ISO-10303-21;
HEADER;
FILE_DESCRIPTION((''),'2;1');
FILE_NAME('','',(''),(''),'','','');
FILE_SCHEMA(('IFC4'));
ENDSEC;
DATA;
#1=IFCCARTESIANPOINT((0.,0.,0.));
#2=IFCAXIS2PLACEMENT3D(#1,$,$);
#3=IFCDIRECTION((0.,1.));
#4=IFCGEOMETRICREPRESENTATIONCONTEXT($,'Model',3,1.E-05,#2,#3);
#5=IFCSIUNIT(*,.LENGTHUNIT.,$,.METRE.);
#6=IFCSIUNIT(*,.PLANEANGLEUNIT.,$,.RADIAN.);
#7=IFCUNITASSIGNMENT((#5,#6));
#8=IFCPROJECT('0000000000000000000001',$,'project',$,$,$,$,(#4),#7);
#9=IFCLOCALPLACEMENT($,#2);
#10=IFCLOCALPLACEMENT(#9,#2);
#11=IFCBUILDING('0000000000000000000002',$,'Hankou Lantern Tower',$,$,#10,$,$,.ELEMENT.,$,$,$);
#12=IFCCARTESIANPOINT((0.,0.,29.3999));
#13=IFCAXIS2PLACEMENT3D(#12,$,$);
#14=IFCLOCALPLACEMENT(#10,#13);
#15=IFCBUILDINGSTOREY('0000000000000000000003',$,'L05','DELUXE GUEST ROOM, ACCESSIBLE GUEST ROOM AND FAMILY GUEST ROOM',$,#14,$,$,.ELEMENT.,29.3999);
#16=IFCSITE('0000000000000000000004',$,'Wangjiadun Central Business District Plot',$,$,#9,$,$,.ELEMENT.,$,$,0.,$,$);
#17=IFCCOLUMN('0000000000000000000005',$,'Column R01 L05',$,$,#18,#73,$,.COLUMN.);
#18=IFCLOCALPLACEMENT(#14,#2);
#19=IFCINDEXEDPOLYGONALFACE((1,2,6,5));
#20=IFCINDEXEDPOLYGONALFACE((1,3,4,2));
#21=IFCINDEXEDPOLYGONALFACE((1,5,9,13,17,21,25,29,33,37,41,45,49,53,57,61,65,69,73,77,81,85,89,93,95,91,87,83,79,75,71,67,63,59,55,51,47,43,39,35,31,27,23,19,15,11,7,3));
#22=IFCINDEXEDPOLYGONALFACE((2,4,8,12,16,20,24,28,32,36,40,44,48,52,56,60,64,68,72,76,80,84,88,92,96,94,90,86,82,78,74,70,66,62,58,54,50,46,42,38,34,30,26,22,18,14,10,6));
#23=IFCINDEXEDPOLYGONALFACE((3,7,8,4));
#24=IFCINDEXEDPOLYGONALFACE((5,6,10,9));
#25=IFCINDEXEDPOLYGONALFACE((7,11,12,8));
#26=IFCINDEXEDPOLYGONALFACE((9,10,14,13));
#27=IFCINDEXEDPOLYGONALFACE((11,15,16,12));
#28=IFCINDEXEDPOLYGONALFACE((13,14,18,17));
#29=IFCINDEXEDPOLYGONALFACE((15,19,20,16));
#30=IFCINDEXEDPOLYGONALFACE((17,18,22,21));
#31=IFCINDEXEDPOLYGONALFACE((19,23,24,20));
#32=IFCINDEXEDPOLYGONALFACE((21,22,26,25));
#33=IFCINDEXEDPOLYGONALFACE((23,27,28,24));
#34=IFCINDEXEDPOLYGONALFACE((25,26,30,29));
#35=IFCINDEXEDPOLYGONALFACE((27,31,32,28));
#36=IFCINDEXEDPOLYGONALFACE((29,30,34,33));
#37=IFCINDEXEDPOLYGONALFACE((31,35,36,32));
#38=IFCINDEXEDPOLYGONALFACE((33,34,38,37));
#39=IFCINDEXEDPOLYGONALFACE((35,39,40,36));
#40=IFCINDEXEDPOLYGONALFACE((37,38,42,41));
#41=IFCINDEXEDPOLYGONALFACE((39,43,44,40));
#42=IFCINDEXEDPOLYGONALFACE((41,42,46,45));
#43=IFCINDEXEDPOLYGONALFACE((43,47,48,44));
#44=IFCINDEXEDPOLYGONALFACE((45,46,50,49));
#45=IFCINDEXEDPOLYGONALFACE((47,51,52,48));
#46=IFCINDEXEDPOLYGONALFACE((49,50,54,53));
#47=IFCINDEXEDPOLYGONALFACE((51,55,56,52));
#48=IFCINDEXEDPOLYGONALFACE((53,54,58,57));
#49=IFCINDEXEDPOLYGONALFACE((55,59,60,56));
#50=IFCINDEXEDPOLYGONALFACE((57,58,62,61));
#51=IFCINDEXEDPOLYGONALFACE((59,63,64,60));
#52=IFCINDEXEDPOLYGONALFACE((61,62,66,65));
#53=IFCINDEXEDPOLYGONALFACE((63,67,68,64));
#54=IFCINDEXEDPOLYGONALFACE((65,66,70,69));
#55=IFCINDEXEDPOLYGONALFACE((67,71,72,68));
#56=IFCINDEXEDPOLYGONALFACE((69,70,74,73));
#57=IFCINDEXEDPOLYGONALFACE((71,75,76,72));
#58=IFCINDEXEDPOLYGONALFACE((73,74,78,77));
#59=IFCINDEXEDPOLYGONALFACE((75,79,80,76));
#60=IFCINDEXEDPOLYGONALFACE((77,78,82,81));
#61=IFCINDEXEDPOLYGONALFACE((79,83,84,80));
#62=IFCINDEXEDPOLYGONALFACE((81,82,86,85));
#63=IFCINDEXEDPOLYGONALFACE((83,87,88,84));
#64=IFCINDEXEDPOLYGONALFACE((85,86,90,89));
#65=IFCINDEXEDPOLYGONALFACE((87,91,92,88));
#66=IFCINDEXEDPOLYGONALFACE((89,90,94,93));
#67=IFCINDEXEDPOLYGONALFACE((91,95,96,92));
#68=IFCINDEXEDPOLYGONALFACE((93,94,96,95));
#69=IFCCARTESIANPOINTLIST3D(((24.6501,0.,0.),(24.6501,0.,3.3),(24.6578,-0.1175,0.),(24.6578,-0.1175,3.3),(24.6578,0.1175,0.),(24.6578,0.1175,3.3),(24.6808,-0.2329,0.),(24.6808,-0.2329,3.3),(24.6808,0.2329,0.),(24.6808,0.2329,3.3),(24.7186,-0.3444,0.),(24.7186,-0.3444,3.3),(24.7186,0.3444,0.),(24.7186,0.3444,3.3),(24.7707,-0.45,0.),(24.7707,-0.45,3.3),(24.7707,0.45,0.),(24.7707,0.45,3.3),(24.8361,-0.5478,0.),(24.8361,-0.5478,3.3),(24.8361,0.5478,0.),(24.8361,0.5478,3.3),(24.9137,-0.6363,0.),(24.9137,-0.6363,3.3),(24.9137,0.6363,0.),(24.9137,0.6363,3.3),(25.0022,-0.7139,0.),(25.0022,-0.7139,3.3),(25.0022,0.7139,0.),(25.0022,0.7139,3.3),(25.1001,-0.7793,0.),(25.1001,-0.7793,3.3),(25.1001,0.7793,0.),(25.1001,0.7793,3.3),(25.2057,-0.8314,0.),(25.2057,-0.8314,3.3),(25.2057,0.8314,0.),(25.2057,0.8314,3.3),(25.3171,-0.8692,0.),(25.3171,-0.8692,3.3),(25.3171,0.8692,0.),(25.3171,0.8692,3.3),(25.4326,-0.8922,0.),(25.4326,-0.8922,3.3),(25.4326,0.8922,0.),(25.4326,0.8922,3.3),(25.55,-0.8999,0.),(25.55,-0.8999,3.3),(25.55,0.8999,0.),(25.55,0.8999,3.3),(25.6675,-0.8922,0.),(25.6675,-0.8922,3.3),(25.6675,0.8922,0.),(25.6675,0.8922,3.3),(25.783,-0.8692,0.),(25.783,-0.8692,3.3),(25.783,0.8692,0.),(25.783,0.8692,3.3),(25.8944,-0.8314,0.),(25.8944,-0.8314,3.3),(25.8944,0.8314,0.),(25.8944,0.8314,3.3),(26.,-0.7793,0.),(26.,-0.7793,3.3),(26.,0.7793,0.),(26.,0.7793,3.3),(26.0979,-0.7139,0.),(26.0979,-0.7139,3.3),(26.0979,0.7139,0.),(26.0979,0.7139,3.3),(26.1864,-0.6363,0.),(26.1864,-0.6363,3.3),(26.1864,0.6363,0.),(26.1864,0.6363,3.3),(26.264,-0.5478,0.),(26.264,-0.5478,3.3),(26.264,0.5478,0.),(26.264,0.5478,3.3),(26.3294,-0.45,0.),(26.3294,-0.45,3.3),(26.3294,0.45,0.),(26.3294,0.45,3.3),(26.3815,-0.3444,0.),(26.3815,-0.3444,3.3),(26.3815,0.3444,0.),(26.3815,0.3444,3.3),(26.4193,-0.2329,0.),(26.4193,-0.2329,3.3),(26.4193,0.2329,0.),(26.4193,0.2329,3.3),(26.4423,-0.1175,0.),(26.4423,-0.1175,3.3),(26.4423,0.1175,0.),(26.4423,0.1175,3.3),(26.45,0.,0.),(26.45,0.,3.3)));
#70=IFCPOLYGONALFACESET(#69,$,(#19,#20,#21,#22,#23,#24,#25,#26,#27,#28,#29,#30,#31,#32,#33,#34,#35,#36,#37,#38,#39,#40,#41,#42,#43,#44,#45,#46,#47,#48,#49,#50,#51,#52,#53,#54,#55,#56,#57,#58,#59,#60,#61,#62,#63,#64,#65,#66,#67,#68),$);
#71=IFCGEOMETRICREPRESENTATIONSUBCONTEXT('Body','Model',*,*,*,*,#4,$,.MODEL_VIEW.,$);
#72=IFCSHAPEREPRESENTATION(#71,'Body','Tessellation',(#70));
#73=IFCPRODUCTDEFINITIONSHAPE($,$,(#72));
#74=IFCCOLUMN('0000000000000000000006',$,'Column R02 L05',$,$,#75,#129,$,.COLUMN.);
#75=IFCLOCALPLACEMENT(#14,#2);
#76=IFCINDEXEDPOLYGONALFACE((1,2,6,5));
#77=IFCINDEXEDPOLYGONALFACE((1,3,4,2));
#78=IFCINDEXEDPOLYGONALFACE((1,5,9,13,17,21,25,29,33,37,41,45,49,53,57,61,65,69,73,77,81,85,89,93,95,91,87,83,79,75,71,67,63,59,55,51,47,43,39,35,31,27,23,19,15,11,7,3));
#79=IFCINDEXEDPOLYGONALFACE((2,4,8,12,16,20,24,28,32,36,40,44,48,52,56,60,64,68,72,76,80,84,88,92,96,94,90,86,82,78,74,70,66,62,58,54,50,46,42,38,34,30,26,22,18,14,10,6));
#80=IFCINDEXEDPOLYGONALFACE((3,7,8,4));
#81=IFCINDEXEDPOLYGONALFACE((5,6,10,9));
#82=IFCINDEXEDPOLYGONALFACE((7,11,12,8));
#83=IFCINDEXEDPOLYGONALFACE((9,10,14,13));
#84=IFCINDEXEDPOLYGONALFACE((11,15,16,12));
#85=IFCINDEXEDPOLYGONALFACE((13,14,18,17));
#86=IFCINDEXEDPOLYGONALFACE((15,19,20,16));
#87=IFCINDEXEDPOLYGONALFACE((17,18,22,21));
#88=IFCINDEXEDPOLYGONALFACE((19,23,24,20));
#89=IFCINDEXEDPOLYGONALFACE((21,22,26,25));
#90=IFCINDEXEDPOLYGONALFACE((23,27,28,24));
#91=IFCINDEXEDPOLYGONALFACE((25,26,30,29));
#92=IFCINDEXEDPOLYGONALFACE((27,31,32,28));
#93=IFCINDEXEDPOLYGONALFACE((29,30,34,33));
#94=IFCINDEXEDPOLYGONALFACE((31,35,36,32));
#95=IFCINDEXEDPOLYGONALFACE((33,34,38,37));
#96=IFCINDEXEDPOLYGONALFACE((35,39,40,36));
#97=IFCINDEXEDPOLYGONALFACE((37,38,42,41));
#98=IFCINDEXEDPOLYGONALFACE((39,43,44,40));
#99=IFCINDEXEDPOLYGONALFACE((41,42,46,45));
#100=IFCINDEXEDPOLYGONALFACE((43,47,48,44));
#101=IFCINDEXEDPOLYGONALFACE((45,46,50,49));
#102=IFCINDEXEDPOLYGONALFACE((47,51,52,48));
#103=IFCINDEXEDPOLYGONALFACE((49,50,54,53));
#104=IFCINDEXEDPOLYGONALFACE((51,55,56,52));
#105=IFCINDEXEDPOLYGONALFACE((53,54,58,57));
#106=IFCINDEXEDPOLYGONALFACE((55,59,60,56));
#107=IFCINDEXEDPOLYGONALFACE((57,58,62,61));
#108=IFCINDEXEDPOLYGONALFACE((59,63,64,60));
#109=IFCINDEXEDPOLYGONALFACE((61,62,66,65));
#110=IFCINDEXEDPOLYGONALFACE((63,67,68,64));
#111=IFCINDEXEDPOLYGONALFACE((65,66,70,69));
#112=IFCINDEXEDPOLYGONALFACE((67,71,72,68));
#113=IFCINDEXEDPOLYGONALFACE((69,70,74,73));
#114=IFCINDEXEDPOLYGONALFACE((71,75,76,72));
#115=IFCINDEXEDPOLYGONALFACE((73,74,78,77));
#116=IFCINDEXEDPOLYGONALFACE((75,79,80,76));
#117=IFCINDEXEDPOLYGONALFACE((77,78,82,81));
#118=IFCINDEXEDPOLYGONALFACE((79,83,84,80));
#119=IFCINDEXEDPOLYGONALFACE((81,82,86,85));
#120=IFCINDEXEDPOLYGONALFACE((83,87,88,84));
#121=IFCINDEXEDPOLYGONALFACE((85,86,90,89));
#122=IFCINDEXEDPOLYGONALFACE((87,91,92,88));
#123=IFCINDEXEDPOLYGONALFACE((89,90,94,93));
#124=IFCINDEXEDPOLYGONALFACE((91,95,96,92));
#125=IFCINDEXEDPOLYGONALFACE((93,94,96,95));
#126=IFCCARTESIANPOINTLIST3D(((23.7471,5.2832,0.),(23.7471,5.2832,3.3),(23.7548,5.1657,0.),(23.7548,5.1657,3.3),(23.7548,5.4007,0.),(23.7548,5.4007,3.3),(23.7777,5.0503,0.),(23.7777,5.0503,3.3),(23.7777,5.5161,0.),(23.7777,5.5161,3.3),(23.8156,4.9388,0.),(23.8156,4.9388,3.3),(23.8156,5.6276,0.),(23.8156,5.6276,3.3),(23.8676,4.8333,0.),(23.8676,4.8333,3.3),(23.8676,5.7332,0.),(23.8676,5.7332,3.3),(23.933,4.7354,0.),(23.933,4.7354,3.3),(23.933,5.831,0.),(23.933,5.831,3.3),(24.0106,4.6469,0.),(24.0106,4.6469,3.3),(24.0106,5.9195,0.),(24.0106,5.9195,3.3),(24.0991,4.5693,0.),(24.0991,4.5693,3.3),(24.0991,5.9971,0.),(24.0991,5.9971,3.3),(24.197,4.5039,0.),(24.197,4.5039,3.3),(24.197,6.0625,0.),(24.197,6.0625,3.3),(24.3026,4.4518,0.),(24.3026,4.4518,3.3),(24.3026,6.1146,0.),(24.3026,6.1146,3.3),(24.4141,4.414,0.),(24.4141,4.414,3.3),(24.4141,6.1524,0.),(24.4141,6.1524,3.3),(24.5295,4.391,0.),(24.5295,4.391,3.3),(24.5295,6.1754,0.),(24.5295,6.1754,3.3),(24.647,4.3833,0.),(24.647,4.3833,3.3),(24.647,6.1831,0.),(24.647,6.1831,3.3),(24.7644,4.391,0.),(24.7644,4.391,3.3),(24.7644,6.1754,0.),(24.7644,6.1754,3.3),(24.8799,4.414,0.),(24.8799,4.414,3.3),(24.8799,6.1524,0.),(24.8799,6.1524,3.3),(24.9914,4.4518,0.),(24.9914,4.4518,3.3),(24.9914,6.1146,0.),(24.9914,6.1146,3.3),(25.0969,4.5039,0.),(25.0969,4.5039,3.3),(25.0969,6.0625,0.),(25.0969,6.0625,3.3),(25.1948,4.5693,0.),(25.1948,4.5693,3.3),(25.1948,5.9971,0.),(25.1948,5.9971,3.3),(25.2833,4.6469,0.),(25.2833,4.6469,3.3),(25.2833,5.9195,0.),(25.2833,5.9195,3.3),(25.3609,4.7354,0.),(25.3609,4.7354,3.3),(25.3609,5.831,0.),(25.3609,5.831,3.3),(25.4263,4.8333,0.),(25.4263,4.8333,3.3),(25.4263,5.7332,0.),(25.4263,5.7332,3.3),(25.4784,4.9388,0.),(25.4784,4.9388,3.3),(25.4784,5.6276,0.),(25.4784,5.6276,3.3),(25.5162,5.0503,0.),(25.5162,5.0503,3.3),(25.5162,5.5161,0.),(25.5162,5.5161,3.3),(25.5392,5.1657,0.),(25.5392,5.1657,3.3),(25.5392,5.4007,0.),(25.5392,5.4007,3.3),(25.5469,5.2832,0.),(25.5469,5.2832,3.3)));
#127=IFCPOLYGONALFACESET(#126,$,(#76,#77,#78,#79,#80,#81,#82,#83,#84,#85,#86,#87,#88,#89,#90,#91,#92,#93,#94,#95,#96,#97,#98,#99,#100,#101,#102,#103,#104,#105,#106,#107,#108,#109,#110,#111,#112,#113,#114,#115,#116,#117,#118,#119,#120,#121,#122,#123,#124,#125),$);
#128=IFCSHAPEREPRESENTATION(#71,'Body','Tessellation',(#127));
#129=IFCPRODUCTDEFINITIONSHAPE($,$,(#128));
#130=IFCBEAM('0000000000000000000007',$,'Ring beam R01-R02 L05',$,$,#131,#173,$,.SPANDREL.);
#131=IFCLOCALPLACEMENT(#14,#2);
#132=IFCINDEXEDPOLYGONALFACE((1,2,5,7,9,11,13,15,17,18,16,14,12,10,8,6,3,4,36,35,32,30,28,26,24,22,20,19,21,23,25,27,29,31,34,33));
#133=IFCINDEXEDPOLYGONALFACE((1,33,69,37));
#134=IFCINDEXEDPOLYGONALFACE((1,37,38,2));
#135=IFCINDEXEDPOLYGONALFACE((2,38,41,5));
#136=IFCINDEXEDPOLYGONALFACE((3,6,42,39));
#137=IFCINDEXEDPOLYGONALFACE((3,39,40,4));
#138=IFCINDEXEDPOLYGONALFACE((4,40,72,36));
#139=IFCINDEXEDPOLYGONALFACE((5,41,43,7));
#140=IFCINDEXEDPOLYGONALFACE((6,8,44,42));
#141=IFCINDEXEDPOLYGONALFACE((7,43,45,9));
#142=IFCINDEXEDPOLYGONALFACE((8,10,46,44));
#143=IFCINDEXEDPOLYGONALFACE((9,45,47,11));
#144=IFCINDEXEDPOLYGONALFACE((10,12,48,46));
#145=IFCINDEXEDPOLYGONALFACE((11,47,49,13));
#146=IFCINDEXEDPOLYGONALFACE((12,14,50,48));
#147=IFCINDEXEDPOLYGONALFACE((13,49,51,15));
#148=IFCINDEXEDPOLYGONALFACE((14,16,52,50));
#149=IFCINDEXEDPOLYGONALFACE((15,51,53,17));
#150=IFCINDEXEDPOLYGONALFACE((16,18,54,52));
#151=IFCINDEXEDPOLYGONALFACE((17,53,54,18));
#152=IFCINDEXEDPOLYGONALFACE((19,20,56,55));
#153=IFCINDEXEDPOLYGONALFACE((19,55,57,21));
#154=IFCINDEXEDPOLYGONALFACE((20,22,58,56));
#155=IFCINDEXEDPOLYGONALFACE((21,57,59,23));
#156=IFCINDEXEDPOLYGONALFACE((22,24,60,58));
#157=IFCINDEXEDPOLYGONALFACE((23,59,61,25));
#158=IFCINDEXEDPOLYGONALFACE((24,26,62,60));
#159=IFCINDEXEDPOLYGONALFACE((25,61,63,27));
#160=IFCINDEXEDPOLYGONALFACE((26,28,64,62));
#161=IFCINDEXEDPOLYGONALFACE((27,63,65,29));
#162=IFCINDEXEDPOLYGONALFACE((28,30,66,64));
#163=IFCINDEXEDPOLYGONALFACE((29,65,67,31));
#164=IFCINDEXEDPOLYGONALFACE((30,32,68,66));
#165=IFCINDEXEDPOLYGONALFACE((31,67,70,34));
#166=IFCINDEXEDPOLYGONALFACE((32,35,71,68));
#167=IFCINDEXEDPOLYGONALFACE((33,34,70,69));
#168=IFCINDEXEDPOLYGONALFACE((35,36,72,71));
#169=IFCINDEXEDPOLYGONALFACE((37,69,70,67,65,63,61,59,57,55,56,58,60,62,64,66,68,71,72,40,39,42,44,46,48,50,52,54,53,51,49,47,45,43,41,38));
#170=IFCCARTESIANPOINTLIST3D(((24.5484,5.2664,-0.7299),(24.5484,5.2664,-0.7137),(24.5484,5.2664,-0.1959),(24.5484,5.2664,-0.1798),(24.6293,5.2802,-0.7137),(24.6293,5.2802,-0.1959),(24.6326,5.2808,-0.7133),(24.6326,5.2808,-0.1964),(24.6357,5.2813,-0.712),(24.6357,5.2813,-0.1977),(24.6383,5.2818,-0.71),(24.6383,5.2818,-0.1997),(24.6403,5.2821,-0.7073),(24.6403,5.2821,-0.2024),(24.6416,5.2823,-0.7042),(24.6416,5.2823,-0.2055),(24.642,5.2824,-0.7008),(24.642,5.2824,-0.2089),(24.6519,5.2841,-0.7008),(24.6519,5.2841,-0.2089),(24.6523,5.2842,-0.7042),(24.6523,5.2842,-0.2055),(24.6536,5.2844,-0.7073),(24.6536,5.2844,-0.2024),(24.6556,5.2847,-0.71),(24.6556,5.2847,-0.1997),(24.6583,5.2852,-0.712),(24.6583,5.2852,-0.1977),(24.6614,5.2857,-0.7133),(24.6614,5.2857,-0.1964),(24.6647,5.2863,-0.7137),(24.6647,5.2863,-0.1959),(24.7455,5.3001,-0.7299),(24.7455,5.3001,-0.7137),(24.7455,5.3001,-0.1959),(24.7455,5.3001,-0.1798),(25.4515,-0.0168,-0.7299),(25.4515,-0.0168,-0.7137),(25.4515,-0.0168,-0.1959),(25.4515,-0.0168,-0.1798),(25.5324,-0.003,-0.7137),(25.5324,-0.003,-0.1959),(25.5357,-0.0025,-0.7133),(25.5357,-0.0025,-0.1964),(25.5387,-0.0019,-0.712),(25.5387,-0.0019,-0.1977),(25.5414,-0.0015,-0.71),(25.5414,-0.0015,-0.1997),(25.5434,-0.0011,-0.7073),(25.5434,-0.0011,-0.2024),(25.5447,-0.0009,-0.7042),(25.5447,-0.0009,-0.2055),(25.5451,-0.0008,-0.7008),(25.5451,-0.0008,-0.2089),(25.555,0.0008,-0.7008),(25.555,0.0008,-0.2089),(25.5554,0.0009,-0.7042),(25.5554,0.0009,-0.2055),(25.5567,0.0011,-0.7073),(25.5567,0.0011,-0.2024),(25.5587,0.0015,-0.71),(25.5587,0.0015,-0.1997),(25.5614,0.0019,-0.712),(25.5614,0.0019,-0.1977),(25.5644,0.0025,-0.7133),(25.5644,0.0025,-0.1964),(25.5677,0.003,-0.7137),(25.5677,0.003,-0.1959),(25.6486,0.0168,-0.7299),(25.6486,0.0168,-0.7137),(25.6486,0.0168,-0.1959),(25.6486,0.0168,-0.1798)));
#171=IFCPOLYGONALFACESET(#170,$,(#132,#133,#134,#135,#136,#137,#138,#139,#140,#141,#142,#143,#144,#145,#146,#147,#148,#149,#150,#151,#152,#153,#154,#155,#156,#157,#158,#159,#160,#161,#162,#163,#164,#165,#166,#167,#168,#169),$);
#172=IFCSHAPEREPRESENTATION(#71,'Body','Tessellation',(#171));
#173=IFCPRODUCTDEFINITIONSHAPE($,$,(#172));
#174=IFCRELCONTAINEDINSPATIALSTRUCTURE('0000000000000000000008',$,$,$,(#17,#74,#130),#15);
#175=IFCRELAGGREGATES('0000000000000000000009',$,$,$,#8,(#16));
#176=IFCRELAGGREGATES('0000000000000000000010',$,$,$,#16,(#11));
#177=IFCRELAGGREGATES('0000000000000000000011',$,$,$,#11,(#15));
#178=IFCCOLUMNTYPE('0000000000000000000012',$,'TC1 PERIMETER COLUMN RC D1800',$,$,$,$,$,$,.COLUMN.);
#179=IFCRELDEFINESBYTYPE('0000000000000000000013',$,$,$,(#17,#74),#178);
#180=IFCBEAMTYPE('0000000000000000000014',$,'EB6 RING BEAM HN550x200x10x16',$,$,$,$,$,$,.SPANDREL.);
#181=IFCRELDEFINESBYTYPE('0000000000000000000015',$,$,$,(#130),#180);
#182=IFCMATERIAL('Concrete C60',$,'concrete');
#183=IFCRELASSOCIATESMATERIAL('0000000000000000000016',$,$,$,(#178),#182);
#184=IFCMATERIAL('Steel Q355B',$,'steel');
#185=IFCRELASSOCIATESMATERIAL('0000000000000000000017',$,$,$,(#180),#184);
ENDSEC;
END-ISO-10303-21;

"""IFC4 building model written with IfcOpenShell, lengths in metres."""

from ifc_helpers import new_model, si_unit, direction, frame, origin, origin_2d, place, context, subcontext, project, spatial, circle, i_section, extrude, material, material_profile, profile_set, type_object, element, save


model = new_model("IFC4")

# Units and contexts
model_context = context("Model", 3, precision=1e-05, world=origin(), true_north=direction((0.0, 1.0)))
body_context = subcontext(model_context, "Body", "Model", "MODEL_VIEW")
ifc_project = project(units=[si_unit("LENGTHUNIT", "METRE"), si_unit("PLANEANGLEUNIT", "RADIAN")], contexts=[model_context])

# Site, building, storey
site_placement = place(None, origin())
site = spatial("IfcSite", under=ifc_project, at=site_placement, Name="Wangjiadun Central Business District Plot", CompositionType="ELEMENT", RefElevation=0.0)
building_placement = place(site_placement, origin())
building = spatial("IfcBuilding", under=site, at=building_placement, Name="Hankou Lantern Tower", CompositionType="ELEMENT")
storey_placement = place(building_placement, frame((0.0, 0.0, 29.3999)))
storey = spatial("IfcBuildingStorey", under=building, at=storey_placement, Name="L05", Description="DELUXE GUEST ROOM, ACCESSIBLE GUEST ROOM AND FAMILY GUEST ROOM", CompositionType="ELEMENT", Elevation=29.3999)

# Columns
ifc_material_1 = material(Name="Concrete C60", Category="concrete")
ifc_material_profile_1 = material_profile(ifc_material_1, circle(Radius=0.8999, at=origin_2d()), Name="RC D1800")
ifc_profile_set_1 = profile_set([ifc_material_profile_1], Name="Concrete C60")
column_type = type_object("IfcColumnType", Name="TC1 PERIMETER COLUMN RC D1800", PredefinedType="COLUMN", material=ifc_profile_set_1)
for number, where, z_axis, x_axis, name in (
    (1, (25.55, 0.0, 0.0), (0.0, 0.0, 1.0), (1.0, 0.0, 0.0), "Column R01 L05"),
    (2, (24.647, 5.2832, 0.0), (0.0, 0.0, 1.0), (1.0, 0.0, 0.0), "Column R02 L05"),
):
    element("IfcColumn", number, at=place(storey_placement, frame(where, z_axis=z_axis, x_axis=x_axis)), inside=storey, type_object=column_type, Name=name, PredefinedType="COLUMN", context=body_context, shape_type="SweptSolid", body=[
        extrude(circle(Radius=0.8999, at=origin_2d()), origin(), (0.0, 0.0, 1.0), 3.3),
    ])

# Beam
ifc_material_2 = material(Name="Steel Q355B", Category="steel")
ifc_material_profile_2 = material_profile(ifc_material_2, i_section(OverallWidth=0.2, OverallDepth=0.55, WebThickness=0.01, FlangeThickness=0.0161, FilletRadius=0.0129, at=origin_2d()), Name="HN550x200x10x16")
ifc_profile_set_2 = profile_set([ifc_material_profile_2], Name="Steel Q355B")
beam_type = type_object("IfcBeamType", Name="EB6 RING BEAM HN550x200x10x16", PredefinedType="SPANDREL", material=ifc_profile_set_2)
beam_1_placement = place(storey_placement, frame((25.55, 0.0, -0.4548), z_axis=(-0.16849, 0.985703, 0.0), x_axis=(-0.985703, -0.16849, 0.0)))
element("IfcBeam", 3, at=beam_1_placement, inside=storey, type_object=beam_type, Name="Ring beam R01-R02 L05", PredefinedType="SPANDREL", context=body_context, shape_type="SweptSolid", body=[
    extrude(i_section(OverallWidth=0.2, OverallDepth=0.55, WebThickness=0.01, FlangeThickness=0.0161, FilletRadius=0.0129, at=origin_2d()), origin(), (0.0, 0.0, 1.0), 5.3599),
])

save(model, "model.ifc")
